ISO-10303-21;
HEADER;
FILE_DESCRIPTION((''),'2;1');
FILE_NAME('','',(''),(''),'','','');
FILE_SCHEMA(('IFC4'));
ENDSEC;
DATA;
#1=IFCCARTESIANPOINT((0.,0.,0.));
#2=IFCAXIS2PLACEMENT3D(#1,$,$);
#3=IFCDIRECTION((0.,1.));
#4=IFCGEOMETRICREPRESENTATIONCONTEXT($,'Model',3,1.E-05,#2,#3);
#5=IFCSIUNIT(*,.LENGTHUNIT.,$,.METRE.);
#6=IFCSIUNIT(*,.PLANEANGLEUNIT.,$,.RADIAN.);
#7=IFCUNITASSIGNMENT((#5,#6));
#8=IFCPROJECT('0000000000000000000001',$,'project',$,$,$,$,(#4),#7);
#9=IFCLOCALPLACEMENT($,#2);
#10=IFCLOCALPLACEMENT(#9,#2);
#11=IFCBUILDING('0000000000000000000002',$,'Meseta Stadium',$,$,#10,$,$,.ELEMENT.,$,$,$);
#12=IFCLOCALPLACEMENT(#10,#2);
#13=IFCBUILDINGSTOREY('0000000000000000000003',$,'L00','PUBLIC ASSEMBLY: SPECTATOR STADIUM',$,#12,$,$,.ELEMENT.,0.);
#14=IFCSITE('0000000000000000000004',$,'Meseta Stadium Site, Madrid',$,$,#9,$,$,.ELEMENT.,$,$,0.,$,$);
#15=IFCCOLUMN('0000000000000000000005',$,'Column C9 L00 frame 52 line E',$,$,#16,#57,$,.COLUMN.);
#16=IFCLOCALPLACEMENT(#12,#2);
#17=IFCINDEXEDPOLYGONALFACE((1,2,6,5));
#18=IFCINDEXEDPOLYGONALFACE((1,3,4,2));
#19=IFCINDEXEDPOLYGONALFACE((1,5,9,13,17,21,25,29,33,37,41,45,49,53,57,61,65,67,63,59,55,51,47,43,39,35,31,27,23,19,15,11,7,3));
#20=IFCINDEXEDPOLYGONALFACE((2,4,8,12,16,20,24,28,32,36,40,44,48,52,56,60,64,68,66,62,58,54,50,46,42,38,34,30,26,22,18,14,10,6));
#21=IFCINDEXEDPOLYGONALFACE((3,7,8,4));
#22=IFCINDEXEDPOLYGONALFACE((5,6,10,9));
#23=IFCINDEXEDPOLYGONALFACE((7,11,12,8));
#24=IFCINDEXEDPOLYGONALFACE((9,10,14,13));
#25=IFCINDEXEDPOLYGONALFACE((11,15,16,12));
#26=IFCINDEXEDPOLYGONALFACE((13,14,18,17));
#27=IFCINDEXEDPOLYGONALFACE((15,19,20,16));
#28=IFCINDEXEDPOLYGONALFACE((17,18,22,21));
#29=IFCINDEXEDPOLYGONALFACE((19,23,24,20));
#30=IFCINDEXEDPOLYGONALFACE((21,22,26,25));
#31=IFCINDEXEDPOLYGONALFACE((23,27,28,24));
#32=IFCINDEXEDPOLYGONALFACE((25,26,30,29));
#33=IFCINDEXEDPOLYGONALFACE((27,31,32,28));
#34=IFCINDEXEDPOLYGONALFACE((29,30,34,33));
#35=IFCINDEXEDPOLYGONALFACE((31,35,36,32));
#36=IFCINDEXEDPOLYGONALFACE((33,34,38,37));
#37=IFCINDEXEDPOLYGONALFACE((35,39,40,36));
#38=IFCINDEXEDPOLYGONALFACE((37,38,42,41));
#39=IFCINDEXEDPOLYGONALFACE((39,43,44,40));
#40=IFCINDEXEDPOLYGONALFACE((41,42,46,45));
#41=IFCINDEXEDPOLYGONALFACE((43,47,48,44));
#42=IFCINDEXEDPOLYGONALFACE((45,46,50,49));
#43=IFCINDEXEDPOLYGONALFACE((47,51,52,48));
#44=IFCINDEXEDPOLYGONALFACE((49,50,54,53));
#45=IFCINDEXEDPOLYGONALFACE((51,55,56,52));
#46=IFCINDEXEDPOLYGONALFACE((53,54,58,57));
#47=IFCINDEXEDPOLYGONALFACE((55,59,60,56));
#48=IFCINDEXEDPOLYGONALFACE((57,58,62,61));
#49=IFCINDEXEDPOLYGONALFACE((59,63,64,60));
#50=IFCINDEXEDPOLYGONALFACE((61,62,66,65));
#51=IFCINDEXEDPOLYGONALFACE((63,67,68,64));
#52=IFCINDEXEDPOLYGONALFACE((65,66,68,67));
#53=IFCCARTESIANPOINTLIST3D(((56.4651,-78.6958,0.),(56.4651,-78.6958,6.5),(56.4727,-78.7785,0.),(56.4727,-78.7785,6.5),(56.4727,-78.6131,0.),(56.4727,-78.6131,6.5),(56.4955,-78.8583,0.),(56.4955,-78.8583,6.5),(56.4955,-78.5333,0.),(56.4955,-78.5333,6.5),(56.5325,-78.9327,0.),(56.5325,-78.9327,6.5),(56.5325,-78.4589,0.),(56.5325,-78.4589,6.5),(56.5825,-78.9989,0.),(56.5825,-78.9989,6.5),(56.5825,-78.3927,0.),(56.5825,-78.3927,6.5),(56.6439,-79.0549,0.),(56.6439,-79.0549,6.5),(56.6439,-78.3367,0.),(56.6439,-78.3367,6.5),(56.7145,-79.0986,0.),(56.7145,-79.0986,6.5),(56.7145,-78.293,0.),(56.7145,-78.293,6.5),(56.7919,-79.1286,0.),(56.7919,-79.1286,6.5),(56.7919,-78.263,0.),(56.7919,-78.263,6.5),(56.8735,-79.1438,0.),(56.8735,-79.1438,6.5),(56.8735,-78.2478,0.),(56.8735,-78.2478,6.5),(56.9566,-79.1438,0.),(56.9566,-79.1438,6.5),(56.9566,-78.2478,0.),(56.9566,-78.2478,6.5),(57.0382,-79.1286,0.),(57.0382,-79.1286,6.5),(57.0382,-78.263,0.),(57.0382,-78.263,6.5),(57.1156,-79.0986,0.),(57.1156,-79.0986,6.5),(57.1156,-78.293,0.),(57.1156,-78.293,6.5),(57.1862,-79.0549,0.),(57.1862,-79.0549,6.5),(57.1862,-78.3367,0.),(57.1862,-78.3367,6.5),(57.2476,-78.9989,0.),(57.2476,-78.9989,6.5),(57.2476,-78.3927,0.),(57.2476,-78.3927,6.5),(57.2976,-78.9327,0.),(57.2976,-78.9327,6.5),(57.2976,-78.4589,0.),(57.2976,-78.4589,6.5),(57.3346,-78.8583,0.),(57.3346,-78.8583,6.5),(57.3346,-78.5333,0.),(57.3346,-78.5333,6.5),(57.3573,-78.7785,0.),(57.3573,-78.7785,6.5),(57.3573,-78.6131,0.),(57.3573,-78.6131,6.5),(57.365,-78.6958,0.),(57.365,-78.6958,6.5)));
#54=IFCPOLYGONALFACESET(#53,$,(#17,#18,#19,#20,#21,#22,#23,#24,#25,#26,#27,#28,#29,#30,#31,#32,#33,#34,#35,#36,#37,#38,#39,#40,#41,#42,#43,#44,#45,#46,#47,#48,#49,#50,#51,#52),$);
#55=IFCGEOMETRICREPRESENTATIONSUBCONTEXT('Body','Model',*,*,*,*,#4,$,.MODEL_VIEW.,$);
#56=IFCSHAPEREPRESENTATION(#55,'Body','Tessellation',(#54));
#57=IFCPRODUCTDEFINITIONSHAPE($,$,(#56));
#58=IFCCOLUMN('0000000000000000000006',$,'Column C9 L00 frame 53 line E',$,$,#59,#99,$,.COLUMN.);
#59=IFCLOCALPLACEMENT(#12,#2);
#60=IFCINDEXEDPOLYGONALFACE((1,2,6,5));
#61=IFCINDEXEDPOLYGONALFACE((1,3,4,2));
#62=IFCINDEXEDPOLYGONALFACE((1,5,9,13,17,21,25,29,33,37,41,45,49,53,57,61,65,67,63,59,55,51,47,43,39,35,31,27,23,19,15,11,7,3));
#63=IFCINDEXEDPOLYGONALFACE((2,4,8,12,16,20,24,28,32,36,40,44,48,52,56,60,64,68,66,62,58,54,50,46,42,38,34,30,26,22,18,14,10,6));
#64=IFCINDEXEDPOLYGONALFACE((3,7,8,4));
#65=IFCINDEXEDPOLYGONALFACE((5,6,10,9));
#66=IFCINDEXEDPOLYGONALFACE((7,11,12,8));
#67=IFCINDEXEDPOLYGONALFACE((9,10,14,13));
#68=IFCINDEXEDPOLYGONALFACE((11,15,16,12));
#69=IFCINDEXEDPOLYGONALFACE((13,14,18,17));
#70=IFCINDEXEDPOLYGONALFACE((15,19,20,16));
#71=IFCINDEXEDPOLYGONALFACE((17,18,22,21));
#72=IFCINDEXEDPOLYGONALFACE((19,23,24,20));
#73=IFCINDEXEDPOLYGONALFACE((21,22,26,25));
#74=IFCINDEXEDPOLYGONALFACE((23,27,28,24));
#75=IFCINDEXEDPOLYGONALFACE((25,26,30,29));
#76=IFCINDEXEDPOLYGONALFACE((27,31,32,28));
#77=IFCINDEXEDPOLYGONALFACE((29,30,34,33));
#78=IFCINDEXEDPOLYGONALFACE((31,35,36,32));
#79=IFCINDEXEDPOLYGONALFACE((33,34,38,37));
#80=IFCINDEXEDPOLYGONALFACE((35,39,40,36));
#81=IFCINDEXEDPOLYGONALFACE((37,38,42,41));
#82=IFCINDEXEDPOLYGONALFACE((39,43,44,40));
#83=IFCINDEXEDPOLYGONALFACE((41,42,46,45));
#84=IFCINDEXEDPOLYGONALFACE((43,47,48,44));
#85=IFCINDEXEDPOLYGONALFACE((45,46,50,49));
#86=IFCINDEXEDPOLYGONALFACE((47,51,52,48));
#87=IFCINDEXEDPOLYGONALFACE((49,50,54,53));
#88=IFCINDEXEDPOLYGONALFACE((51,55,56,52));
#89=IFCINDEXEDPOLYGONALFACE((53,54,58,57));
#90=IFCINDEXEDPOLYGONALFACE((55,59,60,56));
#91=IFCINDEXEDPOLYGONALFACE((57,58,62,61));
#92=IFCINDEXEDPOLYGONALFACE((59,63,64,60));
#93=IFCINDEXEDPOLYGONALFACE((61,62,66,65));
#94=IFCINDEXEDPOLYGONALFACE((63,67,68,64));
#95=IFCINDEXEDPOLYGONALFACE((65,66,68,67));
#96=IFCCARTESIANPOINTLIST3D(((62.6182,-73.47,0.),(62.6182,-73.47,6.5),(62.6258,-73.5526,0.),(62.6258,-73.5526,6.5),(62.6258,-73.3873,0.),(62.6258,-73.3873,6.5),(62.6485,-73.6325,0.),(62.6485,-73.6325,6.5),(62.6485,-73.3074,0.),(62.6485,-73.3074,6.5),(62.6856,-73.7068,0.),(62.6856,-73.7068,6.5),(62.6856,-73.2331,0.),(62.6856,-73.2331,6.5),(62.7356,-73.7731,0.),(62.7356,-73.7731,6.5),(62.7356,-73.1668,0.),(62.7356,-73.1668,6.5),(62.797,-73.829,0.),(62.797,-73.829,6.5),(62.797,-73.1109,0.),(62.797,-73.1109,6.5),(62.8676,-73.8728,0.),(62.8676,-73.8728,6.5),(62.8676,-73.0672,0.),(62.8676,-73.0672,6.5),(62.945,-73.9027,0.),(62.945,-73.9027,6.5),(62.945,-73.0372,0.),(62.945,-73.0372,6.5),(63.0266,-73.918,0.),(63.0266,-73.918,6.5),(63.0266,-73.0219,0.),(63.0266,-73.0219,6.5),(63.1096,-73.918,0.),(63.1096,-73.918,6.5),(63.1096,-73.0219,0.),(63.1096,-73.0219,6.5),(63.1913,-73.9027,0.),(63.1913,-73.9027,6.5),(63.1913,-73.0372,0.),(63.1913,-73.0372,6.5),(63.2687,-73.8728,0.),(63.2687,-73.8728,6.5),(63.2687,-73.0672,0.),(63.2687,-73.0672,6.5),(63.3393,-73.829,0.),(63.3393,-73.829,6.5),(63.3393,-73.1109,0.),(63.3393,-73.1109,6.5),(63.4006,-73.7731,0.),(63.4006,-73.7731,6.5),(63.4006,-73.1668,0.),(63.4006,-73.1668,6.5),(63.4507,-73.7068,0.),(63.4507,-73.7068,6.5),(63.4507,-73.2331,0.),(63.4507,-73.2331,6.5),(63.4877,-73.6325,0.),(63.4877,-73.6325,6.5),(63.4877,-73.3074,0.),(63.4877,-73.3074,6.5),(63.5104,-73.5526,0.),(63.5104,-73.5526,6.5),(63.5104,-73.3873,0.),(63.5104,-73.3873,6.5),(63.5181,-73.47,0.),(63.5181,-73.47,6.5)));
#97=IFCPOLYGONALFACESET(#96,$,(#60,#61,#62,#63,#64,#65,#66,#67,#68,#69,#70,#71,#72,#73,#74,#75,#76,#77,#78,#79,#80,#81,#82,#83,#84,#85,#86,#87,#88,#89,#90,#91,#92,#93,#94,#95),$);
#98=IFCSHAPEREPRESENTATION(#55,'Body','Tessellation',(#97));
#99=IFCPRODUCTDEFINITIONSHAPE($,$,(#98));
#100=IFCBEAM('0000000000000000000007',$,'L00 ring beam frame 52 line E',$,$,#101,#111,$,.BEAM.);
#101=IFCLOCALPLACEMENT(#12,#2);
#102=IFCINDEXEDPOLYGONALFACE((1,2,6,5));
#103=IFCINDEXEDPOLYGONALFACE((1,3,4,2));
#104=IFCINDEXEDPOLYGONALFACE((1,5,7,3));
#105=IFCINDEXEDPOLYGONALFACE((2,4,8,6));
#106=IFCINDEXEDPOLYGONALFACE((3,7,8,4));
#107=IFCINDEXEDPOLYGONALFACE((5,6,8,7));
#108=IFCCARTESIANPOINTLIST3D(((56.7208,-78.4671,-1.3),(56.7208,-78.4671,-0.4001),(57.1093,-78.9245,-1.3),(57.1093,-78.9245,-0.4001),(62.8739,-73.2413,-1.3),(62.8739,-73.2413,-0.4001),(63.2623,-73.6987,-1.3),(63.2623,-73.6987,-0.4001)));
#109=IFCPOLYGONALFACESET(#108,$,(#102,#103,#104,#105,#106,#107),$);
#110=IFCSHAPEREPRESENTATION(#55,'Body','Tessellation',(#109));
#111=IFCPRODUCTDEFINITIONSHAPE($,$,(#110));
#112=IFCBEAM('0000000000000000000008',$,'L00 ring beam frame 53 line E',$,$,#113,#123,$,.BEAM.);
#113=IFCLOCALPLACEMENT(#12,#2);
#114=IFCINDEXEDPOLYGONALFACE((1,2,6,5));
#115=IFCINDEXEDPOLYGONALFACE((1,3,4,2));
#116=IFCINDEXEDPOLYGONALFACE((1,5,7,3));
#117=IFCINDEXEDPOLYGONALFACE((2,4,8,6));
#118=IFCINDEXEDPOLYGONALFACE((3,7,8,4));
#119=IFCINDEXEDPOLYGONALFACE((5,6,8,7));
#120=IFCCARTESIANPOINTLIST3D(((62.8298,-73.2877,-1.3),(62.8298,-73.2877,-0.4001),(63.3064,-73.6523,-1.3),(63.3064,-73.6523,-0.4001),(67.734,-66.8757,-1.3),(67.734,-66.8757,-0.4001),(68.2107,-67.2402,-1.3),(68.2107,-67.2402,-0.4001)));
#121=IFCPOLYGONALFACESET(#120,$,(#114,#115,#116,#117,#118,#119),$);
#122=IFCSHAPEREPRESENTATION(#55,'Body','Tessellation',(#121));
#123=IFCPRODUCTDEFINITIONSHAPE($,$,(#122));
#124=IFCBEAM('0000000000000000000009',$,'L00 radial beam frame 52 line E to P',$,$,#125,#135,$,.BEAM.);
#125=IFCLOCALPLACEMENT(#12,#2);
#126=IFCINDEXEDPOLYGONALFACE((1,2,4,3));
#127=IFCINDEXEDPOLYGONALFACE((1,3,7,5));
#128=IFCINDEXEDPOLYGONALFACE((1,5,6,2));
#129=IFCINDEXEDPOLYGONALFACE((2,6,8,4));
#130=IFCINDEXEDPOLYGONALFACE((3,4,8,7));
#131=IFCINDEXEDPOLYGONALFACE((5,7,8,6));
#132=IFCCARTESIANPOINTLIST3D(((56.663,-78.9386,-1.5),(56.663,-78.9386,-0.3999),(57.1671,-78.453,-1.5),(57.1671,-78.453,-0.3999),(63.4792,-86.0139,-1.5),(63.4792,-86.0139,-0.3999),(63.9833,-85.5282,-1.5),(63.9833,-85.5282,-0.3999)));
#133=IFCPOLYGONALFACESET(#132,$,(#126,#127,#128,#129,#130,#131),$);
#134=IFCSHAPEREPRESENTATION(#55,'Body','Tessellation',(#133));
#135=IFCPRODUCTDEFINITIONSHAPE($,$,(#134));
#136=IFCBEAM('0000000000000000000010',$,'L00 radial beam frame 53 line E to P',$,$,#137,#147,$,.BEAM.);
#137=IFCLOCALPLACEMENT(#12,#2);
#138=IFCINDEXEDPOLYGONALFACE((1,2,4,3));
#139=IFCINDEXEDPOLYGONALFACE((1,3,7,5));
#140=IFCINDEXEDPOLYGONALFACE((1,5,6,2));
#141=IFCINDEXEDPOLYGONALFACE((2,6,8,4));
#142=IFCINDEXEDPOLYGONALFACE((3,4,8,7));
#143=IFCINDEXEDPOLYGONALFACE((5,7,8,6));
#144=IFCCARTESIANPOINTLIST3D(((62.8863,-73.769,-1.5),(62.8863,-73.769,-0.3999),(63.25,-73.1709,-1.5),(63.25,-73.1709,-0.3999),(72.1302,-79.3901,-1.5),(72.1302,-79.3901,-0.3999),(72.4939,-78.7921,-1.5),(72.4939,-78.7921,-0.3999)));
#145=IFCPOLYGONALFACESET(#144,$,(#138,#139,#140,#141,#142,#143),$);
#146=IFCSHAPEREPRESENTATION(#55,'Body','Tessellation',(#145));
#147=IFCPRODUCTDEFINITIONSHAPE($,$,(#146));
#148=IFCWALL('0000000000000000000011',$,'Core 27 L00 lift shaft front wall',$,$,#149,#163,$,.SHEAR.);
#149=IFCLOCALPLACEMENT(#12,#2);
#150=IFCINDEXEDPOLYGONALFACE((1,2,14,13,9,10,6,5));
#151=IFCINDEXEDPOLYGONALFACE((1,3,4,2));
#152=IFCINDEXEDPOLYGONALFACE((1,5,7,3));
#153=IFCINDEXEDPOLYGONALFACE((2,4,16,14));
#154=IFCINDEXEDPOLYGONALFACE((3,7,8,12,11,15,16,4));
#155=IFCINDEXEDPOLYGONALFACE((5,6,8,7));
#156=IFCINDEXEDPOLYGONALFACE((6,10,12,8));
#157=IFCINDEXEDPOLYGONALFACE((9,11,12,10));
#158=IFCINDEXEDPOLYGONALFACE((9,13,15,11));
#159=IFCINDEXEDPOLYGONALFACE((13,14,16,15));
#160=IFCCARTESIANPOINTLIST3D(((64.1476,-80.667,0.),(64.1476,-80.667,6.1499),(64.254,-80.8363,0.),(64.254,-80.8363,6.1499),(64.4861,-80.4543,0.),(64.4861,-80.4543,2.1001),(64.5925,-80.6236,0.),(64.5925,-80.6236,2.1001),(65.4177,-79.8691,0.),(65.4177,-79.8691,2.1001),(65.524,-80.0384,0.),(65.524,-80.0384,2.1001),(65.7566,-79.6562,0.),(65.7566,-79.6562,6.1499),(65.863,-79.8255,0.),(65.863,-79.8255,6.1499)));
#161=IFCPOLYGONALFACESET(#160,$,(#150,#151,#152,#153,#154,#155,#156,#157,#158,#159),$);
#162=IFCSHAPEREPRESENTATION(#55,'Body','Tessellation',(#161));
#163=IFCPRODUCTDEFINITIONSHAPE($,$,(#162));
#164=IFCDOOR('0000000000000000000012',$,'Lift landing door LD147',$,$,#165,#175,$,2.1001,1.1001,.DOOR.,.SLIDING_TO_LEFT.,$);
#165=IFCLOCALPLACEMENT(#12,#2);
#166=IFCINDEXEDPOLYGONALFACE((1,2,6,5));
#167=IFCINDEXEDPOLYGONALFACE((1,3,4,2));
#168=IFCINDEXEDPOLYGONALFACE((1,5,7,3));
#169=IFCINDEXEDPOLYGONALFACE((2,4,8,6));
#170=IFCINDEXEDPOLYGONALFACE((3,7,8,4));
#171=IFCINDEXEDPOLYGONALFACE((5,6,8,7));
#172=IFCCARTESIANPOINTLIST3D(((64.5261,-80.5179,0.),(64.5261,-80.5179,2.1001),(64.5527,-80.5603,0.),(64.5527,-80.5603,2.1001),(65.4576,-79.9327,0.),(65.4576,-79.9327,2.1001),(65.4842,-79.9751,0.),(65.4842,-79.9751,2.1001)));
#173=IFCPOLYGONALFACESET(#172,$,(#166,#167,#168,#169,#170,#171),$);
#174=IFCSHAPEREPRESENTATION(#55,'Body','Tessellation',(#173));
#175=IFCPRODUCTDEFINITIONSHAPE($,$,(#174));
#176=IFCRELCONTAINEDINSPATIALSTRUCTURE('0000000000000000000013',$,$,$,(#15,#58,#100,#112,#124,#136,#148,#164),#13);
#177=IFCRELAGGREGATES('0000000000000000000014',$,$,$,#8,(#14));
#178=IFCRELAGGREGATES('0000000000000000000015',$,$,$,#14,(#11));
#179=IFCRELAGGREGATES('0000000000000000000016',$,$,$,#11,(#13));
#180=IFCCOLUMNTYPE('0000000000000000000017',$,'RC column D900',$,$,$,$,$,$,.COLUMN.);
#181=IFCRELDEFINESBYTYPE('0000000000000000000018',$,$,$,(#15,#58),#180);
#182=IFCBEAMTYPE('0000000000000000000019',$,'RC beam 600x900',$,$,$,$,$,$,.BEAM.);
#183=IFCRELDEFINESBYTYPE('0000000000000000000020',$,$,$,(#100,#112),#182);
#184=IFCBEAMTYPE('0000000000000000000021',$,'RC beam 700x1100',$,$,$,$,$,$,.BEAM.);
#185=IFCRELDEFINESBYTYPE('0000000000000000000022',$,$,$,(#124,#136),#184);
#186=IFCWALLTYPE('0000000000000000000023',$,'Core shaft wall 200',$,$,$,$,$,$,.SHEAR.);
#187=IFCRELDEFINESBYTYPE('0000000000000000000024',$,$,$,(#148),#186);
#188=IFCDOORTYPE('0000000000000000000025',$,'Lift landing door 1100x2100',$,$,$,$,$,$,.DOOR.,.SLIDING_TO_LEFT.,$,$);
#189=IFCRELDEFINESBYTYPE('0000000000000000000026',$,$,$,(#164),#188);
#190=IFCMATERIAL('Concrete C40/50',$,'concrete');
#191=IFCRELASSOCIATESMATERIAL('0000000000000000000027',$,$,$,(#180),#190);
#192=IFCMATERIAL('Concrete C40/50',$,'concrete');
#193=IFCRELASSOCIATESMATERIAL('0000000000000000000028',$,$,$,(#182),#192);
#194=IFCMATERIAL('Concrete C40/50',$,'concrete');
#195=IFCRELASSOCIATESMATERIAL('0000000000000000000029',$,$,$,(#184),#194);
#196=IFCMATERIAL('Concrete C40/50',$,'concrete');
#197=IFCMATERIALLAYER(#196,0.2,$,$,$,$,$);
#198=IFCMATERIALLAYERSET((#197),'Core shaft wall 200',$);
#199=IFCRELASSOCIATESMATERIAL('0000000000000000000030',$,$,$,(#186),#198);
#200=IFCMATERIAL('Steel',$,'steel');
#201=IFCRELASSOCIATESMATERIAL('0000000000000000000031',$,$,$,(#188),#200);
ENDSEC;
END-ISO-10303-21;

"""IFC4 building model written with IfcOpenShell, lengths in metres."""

from ifc_helpers import new_model, si_unit, direction, frame, frame_2d, origin, origin_2d, place, context, subcontext, project, spatial, rectangle, circle, extrude, material, layer, layer_set, material_profile, profile_set, type_object, element, fill, save


model = new_model("IFC4")

# Units and contexts
model_context = context("Model", 3, precision=1e-05, world=origin(), true_north=direction((0.0, 1.0)))
body_context = subcontext(model_context, "Body", "Model", "MODEL_VIEW")
ifc_project = project(units=[si_unit("LENGTHUNIT", "METRE"), si_unit("PLANEANGLEUNIT", "RADIAN")], contexts=[model_context])

# Site, building, storey
site_placement = place(None, origin())
site = spatial("IfcSite", under=ifc_project, at=site_placement, Name="Meseta Stadium Site, Madrid", CompositionType="ELEMENT", RefElevation=0.0)
building_placement = place(site_placement, origin())
building = spatial("IfcBuilding", under=site, at=building_placement, Name="Meseta Stadium", CompositionType="ELEMENT")
storey_placement = place(building_placement, origin())
storey = spatial("IfcBuildingStorey", under=building, at=storey_placement, Name="L00", Description="PUBLIC ASSEMBLY: SPECTATOR STADIUM", CompositionType="ELEMENT", Elevation=0.0)

# Columns
ifc_material_1 = material(Name="Concrete C40/50", Category="concrete")
ifc_material_profile_1 = material_profile(ifc_material_1, circle(Radius=0.45, at=origin_2d()), Name="RC D900")
ifc_profile_set_1 = profile_set([ifc_material_profile_1], Name="Concrete C40/50")
column_type = type_object("IfcColumnType", Name="RC column D900", PredefinedType="COLUMN", material=ifc_profile_set_1)
for number, where, z_axis, x_axis, name in (
    (1, (56.915, -78.6958, 0.0), (0.0, 0.0, 1.0), (1.0, 0.0, 0.0), "Column C9 L00 frame 52 line E"),
    (2, (63.0681, -73.47, 0.0), (0.0, 0.0, 1.0), (1.0, 0.0, 0.0), "Column C9 L00 frame 53 line E"),
):
    element("IfcColumn", number, at=place(storey_placement, frame(where, z_axis=z_axis, x_axis=x_axis)), inside=storey, type_object=column_type, Name=name, PredefinedType="COLUMN", context=body_context, shape_type="SweptSolid", body=[
        extrude(circle(Radius=0.45, at=origin_2d()), origin(), (0.0, 0.0, 1.0), 6.5),
    ])

# Beams
ifc_material_2 = material(Name="Concrete C40/50", Category="concrete")
ifc_material_profile_2 = material_profile(ifc_material_2, rectangle(XDim=0.6001, YDim=0.8999, at=origin_2d()), Name="RC 600x900")
ifc_profile_set_2 = profile_set([ifc_material_profile_2], Name="Concrete C40/50")
beam_type_1 = type_object("IfcBeamType", Name="RC beam 600x900", PredefinedType="BEAM", material=ifc_profile_set_2)
beam_1_placement = place(storey_placement, frame((56.915, -78.6958, -0.8501), z_axis=(0.762201, 0.64734, 0.0), x_axis=(-0.64734, 0.762201, 0.0)))
element("IfcBeam", 3, at=beam_1_placement, inside=storey, type_object=beam_type_1, Name="L00 ring beam frame 52 line E", PredefinedType="BEAM", context=body_context, shape_type="SweptSolid", body=[
    extrude(rectangle(XDim=0.6001, YDim=0.8999, at=origin_2d()), origin(), (0.0, 0.0, 1.0), 8.0728),
])
beam_2_placement = place(storey_placement, frame((63.0681, -73.47, -0.8501), z_axis=(0.607522, 0.794303, 0.0), x_axis=(-0.794303, 0.607522, 0.0)))
element("IfcBeam", 4, at=beam_2_placement, inside=storey, type_object=beam_type_1, Name="L00 ring beam frame 53 line E", PredefinedType="BEAM", context=body_context, shape_type="SweptSolid", body=[
    extrude(rectangle(XDim=0.6001, YDim=0.8999, at=origin_2d()), origin(), (0.0, 0.0, 1.0), 8.0725),
])
ifc_material_3 = material(Name="Concrete C40/50", Category="concrete")
ifc_material_profile_3 = material_profile(ifc_material_3, rectangle(XDim=0.7, YDim=1.1001, at=origin_2d()), Name="RC 700x1100")
ifc_profile_set_3 = profile_set([ifc_material_profile_3], Name="Concrete C40/50")
beam_type_2 = type_object("IfcBeamType", Name="RC beam 700x1100", PredefinedType="BEAM", material=ifc_profile_set_3)
beam_3_placement = place(storey_placement, frame((56.915, -78.6958, -0.95), z_axis=(0.693801, -0.720167, 0.0), x_axis=(0.720167, 0.693801, 0.0)))
element("IfcBeam", 5, at=beam_3_placement, inside=storey, type_object=beam_type_2, Name="L00 radial beam frame 52 line E to P", PredefinedType="BEAM", context=body_context, shape_type="SweptSolid", body=[
    extrude(rectangle(XDim=0.7, YDim=1.1001, at=origin_2d()), origin(), (0.0, 0.0, 1.0), 9.8245),
])
beam_4_placement = place(storey_placement, frame((63.0681, -73.47, -0.95), z_axis=(0.854429, -0.519567, 0.0), x_axis=(0.519567, 0.854429, 0.0)))
element("IfcBeam", 6, at=beam_4_placement, inside=storey, type_object=beam_type_2, Name="L00 radial beam frame 53 line E to P", PredefinedType="BEAM", context=body_context, shape_type="SweptSolid", body=[
    extrude(rectangle(XDim=0.7, YDim=1.1001, at=origin_2d()), origin(), (0.0, 0.0, 1.0), 10.8188),
])

# Wall, opening, door
ifc_material_4 = material(Name="Concrete C40/50", Category="concrete")
ifc_layer_1 = layer(ifc_material_4, 0.2)
ifc_layer_set_1 = layer_set([ifc_layer_1], Name="Core shaft wall 200")
wall_type_1 = type_object("IfcWallType", Name="Core shaft wall 200", PredefinedType="SHEAR", material=ifc_layer_set_1)
wall_1_placement = place(storey_placement, frame((64.2007, -80.7517, 0.0), z_axis=(0.0, 0.0, 1.0), x_axis=(0.846769, 0.531961, 0.0)))
wall_1 = element("IfcWall", 7, at=wall_1_placement, inside=storey, type_object=wall_type_1, Name="Core 27 L00 lift shaft front wall", PredefinedType="SHEAR", context=body_context, shape_type="SweptSolid", body=[
    extrude(rectangle(XDim=1.9001, YDim=0.2, at=frame_2d((0.9502, 0.0))), origin(), (0.0, 0.0, 1.0), 6.1499),
])
opening_1_placement = place(wall_1_placement, frame((0.3999, 0.0, 0.0)))
opening_1 = element("IfcOpeningElement", 8, at=opening_1_placement, cuts=wall_1, PredefinedType="OPENING", context=body_context, shape_type="SweptSolid", body=[
    extrude(rectangle(XDim=1.1001, YDim=2.1001, at=frame_2d((0.55, 1.05))), frame((0.0, 0.1099, 0.0), z_axis=(0.0, -1.0, 0.0), x_axis=(1.0, 0.0, 0.0)), (0.0, 0.0, 1.0), 0.22),
])
ifc_material_5 = material(Name="Steel", Category="steel")
door_type_1 = type_object("IfcDoorType", Name="Lift landing door 1100x2100", OperationType="SLIDING_TO_LEFT", PredefinedType="DOOR", material=ifc_material_5)
door_1_placement = place(opening_1_placement, origin())
door_1 = element("IfcDoor", 9, at=door_1_placement, inside=storey, type_object=door_type_1, Name="Lift landing door LD147", OperationType="SLIDING_TO_LEFT", OverallHeight=2.1001, OverallWidth=1.1001, PredefinedType="DOOR", context=body_context, shape_type="SweptSolid", body=[
    extrude(rectangle(XDim=1.1001, YDim=2.1001, at=frame_2d((0.55, 1.05))), frame((0.0, 0.0249, 0.0), z_axis=(0.0, -1.0, 0.0), x_axis=(1.0, 0.0, 0.0)), (0.0, 0.0, 1.0), 0.05),
])
fill(opening_1, door_1)

save(model, "model.ifc")
